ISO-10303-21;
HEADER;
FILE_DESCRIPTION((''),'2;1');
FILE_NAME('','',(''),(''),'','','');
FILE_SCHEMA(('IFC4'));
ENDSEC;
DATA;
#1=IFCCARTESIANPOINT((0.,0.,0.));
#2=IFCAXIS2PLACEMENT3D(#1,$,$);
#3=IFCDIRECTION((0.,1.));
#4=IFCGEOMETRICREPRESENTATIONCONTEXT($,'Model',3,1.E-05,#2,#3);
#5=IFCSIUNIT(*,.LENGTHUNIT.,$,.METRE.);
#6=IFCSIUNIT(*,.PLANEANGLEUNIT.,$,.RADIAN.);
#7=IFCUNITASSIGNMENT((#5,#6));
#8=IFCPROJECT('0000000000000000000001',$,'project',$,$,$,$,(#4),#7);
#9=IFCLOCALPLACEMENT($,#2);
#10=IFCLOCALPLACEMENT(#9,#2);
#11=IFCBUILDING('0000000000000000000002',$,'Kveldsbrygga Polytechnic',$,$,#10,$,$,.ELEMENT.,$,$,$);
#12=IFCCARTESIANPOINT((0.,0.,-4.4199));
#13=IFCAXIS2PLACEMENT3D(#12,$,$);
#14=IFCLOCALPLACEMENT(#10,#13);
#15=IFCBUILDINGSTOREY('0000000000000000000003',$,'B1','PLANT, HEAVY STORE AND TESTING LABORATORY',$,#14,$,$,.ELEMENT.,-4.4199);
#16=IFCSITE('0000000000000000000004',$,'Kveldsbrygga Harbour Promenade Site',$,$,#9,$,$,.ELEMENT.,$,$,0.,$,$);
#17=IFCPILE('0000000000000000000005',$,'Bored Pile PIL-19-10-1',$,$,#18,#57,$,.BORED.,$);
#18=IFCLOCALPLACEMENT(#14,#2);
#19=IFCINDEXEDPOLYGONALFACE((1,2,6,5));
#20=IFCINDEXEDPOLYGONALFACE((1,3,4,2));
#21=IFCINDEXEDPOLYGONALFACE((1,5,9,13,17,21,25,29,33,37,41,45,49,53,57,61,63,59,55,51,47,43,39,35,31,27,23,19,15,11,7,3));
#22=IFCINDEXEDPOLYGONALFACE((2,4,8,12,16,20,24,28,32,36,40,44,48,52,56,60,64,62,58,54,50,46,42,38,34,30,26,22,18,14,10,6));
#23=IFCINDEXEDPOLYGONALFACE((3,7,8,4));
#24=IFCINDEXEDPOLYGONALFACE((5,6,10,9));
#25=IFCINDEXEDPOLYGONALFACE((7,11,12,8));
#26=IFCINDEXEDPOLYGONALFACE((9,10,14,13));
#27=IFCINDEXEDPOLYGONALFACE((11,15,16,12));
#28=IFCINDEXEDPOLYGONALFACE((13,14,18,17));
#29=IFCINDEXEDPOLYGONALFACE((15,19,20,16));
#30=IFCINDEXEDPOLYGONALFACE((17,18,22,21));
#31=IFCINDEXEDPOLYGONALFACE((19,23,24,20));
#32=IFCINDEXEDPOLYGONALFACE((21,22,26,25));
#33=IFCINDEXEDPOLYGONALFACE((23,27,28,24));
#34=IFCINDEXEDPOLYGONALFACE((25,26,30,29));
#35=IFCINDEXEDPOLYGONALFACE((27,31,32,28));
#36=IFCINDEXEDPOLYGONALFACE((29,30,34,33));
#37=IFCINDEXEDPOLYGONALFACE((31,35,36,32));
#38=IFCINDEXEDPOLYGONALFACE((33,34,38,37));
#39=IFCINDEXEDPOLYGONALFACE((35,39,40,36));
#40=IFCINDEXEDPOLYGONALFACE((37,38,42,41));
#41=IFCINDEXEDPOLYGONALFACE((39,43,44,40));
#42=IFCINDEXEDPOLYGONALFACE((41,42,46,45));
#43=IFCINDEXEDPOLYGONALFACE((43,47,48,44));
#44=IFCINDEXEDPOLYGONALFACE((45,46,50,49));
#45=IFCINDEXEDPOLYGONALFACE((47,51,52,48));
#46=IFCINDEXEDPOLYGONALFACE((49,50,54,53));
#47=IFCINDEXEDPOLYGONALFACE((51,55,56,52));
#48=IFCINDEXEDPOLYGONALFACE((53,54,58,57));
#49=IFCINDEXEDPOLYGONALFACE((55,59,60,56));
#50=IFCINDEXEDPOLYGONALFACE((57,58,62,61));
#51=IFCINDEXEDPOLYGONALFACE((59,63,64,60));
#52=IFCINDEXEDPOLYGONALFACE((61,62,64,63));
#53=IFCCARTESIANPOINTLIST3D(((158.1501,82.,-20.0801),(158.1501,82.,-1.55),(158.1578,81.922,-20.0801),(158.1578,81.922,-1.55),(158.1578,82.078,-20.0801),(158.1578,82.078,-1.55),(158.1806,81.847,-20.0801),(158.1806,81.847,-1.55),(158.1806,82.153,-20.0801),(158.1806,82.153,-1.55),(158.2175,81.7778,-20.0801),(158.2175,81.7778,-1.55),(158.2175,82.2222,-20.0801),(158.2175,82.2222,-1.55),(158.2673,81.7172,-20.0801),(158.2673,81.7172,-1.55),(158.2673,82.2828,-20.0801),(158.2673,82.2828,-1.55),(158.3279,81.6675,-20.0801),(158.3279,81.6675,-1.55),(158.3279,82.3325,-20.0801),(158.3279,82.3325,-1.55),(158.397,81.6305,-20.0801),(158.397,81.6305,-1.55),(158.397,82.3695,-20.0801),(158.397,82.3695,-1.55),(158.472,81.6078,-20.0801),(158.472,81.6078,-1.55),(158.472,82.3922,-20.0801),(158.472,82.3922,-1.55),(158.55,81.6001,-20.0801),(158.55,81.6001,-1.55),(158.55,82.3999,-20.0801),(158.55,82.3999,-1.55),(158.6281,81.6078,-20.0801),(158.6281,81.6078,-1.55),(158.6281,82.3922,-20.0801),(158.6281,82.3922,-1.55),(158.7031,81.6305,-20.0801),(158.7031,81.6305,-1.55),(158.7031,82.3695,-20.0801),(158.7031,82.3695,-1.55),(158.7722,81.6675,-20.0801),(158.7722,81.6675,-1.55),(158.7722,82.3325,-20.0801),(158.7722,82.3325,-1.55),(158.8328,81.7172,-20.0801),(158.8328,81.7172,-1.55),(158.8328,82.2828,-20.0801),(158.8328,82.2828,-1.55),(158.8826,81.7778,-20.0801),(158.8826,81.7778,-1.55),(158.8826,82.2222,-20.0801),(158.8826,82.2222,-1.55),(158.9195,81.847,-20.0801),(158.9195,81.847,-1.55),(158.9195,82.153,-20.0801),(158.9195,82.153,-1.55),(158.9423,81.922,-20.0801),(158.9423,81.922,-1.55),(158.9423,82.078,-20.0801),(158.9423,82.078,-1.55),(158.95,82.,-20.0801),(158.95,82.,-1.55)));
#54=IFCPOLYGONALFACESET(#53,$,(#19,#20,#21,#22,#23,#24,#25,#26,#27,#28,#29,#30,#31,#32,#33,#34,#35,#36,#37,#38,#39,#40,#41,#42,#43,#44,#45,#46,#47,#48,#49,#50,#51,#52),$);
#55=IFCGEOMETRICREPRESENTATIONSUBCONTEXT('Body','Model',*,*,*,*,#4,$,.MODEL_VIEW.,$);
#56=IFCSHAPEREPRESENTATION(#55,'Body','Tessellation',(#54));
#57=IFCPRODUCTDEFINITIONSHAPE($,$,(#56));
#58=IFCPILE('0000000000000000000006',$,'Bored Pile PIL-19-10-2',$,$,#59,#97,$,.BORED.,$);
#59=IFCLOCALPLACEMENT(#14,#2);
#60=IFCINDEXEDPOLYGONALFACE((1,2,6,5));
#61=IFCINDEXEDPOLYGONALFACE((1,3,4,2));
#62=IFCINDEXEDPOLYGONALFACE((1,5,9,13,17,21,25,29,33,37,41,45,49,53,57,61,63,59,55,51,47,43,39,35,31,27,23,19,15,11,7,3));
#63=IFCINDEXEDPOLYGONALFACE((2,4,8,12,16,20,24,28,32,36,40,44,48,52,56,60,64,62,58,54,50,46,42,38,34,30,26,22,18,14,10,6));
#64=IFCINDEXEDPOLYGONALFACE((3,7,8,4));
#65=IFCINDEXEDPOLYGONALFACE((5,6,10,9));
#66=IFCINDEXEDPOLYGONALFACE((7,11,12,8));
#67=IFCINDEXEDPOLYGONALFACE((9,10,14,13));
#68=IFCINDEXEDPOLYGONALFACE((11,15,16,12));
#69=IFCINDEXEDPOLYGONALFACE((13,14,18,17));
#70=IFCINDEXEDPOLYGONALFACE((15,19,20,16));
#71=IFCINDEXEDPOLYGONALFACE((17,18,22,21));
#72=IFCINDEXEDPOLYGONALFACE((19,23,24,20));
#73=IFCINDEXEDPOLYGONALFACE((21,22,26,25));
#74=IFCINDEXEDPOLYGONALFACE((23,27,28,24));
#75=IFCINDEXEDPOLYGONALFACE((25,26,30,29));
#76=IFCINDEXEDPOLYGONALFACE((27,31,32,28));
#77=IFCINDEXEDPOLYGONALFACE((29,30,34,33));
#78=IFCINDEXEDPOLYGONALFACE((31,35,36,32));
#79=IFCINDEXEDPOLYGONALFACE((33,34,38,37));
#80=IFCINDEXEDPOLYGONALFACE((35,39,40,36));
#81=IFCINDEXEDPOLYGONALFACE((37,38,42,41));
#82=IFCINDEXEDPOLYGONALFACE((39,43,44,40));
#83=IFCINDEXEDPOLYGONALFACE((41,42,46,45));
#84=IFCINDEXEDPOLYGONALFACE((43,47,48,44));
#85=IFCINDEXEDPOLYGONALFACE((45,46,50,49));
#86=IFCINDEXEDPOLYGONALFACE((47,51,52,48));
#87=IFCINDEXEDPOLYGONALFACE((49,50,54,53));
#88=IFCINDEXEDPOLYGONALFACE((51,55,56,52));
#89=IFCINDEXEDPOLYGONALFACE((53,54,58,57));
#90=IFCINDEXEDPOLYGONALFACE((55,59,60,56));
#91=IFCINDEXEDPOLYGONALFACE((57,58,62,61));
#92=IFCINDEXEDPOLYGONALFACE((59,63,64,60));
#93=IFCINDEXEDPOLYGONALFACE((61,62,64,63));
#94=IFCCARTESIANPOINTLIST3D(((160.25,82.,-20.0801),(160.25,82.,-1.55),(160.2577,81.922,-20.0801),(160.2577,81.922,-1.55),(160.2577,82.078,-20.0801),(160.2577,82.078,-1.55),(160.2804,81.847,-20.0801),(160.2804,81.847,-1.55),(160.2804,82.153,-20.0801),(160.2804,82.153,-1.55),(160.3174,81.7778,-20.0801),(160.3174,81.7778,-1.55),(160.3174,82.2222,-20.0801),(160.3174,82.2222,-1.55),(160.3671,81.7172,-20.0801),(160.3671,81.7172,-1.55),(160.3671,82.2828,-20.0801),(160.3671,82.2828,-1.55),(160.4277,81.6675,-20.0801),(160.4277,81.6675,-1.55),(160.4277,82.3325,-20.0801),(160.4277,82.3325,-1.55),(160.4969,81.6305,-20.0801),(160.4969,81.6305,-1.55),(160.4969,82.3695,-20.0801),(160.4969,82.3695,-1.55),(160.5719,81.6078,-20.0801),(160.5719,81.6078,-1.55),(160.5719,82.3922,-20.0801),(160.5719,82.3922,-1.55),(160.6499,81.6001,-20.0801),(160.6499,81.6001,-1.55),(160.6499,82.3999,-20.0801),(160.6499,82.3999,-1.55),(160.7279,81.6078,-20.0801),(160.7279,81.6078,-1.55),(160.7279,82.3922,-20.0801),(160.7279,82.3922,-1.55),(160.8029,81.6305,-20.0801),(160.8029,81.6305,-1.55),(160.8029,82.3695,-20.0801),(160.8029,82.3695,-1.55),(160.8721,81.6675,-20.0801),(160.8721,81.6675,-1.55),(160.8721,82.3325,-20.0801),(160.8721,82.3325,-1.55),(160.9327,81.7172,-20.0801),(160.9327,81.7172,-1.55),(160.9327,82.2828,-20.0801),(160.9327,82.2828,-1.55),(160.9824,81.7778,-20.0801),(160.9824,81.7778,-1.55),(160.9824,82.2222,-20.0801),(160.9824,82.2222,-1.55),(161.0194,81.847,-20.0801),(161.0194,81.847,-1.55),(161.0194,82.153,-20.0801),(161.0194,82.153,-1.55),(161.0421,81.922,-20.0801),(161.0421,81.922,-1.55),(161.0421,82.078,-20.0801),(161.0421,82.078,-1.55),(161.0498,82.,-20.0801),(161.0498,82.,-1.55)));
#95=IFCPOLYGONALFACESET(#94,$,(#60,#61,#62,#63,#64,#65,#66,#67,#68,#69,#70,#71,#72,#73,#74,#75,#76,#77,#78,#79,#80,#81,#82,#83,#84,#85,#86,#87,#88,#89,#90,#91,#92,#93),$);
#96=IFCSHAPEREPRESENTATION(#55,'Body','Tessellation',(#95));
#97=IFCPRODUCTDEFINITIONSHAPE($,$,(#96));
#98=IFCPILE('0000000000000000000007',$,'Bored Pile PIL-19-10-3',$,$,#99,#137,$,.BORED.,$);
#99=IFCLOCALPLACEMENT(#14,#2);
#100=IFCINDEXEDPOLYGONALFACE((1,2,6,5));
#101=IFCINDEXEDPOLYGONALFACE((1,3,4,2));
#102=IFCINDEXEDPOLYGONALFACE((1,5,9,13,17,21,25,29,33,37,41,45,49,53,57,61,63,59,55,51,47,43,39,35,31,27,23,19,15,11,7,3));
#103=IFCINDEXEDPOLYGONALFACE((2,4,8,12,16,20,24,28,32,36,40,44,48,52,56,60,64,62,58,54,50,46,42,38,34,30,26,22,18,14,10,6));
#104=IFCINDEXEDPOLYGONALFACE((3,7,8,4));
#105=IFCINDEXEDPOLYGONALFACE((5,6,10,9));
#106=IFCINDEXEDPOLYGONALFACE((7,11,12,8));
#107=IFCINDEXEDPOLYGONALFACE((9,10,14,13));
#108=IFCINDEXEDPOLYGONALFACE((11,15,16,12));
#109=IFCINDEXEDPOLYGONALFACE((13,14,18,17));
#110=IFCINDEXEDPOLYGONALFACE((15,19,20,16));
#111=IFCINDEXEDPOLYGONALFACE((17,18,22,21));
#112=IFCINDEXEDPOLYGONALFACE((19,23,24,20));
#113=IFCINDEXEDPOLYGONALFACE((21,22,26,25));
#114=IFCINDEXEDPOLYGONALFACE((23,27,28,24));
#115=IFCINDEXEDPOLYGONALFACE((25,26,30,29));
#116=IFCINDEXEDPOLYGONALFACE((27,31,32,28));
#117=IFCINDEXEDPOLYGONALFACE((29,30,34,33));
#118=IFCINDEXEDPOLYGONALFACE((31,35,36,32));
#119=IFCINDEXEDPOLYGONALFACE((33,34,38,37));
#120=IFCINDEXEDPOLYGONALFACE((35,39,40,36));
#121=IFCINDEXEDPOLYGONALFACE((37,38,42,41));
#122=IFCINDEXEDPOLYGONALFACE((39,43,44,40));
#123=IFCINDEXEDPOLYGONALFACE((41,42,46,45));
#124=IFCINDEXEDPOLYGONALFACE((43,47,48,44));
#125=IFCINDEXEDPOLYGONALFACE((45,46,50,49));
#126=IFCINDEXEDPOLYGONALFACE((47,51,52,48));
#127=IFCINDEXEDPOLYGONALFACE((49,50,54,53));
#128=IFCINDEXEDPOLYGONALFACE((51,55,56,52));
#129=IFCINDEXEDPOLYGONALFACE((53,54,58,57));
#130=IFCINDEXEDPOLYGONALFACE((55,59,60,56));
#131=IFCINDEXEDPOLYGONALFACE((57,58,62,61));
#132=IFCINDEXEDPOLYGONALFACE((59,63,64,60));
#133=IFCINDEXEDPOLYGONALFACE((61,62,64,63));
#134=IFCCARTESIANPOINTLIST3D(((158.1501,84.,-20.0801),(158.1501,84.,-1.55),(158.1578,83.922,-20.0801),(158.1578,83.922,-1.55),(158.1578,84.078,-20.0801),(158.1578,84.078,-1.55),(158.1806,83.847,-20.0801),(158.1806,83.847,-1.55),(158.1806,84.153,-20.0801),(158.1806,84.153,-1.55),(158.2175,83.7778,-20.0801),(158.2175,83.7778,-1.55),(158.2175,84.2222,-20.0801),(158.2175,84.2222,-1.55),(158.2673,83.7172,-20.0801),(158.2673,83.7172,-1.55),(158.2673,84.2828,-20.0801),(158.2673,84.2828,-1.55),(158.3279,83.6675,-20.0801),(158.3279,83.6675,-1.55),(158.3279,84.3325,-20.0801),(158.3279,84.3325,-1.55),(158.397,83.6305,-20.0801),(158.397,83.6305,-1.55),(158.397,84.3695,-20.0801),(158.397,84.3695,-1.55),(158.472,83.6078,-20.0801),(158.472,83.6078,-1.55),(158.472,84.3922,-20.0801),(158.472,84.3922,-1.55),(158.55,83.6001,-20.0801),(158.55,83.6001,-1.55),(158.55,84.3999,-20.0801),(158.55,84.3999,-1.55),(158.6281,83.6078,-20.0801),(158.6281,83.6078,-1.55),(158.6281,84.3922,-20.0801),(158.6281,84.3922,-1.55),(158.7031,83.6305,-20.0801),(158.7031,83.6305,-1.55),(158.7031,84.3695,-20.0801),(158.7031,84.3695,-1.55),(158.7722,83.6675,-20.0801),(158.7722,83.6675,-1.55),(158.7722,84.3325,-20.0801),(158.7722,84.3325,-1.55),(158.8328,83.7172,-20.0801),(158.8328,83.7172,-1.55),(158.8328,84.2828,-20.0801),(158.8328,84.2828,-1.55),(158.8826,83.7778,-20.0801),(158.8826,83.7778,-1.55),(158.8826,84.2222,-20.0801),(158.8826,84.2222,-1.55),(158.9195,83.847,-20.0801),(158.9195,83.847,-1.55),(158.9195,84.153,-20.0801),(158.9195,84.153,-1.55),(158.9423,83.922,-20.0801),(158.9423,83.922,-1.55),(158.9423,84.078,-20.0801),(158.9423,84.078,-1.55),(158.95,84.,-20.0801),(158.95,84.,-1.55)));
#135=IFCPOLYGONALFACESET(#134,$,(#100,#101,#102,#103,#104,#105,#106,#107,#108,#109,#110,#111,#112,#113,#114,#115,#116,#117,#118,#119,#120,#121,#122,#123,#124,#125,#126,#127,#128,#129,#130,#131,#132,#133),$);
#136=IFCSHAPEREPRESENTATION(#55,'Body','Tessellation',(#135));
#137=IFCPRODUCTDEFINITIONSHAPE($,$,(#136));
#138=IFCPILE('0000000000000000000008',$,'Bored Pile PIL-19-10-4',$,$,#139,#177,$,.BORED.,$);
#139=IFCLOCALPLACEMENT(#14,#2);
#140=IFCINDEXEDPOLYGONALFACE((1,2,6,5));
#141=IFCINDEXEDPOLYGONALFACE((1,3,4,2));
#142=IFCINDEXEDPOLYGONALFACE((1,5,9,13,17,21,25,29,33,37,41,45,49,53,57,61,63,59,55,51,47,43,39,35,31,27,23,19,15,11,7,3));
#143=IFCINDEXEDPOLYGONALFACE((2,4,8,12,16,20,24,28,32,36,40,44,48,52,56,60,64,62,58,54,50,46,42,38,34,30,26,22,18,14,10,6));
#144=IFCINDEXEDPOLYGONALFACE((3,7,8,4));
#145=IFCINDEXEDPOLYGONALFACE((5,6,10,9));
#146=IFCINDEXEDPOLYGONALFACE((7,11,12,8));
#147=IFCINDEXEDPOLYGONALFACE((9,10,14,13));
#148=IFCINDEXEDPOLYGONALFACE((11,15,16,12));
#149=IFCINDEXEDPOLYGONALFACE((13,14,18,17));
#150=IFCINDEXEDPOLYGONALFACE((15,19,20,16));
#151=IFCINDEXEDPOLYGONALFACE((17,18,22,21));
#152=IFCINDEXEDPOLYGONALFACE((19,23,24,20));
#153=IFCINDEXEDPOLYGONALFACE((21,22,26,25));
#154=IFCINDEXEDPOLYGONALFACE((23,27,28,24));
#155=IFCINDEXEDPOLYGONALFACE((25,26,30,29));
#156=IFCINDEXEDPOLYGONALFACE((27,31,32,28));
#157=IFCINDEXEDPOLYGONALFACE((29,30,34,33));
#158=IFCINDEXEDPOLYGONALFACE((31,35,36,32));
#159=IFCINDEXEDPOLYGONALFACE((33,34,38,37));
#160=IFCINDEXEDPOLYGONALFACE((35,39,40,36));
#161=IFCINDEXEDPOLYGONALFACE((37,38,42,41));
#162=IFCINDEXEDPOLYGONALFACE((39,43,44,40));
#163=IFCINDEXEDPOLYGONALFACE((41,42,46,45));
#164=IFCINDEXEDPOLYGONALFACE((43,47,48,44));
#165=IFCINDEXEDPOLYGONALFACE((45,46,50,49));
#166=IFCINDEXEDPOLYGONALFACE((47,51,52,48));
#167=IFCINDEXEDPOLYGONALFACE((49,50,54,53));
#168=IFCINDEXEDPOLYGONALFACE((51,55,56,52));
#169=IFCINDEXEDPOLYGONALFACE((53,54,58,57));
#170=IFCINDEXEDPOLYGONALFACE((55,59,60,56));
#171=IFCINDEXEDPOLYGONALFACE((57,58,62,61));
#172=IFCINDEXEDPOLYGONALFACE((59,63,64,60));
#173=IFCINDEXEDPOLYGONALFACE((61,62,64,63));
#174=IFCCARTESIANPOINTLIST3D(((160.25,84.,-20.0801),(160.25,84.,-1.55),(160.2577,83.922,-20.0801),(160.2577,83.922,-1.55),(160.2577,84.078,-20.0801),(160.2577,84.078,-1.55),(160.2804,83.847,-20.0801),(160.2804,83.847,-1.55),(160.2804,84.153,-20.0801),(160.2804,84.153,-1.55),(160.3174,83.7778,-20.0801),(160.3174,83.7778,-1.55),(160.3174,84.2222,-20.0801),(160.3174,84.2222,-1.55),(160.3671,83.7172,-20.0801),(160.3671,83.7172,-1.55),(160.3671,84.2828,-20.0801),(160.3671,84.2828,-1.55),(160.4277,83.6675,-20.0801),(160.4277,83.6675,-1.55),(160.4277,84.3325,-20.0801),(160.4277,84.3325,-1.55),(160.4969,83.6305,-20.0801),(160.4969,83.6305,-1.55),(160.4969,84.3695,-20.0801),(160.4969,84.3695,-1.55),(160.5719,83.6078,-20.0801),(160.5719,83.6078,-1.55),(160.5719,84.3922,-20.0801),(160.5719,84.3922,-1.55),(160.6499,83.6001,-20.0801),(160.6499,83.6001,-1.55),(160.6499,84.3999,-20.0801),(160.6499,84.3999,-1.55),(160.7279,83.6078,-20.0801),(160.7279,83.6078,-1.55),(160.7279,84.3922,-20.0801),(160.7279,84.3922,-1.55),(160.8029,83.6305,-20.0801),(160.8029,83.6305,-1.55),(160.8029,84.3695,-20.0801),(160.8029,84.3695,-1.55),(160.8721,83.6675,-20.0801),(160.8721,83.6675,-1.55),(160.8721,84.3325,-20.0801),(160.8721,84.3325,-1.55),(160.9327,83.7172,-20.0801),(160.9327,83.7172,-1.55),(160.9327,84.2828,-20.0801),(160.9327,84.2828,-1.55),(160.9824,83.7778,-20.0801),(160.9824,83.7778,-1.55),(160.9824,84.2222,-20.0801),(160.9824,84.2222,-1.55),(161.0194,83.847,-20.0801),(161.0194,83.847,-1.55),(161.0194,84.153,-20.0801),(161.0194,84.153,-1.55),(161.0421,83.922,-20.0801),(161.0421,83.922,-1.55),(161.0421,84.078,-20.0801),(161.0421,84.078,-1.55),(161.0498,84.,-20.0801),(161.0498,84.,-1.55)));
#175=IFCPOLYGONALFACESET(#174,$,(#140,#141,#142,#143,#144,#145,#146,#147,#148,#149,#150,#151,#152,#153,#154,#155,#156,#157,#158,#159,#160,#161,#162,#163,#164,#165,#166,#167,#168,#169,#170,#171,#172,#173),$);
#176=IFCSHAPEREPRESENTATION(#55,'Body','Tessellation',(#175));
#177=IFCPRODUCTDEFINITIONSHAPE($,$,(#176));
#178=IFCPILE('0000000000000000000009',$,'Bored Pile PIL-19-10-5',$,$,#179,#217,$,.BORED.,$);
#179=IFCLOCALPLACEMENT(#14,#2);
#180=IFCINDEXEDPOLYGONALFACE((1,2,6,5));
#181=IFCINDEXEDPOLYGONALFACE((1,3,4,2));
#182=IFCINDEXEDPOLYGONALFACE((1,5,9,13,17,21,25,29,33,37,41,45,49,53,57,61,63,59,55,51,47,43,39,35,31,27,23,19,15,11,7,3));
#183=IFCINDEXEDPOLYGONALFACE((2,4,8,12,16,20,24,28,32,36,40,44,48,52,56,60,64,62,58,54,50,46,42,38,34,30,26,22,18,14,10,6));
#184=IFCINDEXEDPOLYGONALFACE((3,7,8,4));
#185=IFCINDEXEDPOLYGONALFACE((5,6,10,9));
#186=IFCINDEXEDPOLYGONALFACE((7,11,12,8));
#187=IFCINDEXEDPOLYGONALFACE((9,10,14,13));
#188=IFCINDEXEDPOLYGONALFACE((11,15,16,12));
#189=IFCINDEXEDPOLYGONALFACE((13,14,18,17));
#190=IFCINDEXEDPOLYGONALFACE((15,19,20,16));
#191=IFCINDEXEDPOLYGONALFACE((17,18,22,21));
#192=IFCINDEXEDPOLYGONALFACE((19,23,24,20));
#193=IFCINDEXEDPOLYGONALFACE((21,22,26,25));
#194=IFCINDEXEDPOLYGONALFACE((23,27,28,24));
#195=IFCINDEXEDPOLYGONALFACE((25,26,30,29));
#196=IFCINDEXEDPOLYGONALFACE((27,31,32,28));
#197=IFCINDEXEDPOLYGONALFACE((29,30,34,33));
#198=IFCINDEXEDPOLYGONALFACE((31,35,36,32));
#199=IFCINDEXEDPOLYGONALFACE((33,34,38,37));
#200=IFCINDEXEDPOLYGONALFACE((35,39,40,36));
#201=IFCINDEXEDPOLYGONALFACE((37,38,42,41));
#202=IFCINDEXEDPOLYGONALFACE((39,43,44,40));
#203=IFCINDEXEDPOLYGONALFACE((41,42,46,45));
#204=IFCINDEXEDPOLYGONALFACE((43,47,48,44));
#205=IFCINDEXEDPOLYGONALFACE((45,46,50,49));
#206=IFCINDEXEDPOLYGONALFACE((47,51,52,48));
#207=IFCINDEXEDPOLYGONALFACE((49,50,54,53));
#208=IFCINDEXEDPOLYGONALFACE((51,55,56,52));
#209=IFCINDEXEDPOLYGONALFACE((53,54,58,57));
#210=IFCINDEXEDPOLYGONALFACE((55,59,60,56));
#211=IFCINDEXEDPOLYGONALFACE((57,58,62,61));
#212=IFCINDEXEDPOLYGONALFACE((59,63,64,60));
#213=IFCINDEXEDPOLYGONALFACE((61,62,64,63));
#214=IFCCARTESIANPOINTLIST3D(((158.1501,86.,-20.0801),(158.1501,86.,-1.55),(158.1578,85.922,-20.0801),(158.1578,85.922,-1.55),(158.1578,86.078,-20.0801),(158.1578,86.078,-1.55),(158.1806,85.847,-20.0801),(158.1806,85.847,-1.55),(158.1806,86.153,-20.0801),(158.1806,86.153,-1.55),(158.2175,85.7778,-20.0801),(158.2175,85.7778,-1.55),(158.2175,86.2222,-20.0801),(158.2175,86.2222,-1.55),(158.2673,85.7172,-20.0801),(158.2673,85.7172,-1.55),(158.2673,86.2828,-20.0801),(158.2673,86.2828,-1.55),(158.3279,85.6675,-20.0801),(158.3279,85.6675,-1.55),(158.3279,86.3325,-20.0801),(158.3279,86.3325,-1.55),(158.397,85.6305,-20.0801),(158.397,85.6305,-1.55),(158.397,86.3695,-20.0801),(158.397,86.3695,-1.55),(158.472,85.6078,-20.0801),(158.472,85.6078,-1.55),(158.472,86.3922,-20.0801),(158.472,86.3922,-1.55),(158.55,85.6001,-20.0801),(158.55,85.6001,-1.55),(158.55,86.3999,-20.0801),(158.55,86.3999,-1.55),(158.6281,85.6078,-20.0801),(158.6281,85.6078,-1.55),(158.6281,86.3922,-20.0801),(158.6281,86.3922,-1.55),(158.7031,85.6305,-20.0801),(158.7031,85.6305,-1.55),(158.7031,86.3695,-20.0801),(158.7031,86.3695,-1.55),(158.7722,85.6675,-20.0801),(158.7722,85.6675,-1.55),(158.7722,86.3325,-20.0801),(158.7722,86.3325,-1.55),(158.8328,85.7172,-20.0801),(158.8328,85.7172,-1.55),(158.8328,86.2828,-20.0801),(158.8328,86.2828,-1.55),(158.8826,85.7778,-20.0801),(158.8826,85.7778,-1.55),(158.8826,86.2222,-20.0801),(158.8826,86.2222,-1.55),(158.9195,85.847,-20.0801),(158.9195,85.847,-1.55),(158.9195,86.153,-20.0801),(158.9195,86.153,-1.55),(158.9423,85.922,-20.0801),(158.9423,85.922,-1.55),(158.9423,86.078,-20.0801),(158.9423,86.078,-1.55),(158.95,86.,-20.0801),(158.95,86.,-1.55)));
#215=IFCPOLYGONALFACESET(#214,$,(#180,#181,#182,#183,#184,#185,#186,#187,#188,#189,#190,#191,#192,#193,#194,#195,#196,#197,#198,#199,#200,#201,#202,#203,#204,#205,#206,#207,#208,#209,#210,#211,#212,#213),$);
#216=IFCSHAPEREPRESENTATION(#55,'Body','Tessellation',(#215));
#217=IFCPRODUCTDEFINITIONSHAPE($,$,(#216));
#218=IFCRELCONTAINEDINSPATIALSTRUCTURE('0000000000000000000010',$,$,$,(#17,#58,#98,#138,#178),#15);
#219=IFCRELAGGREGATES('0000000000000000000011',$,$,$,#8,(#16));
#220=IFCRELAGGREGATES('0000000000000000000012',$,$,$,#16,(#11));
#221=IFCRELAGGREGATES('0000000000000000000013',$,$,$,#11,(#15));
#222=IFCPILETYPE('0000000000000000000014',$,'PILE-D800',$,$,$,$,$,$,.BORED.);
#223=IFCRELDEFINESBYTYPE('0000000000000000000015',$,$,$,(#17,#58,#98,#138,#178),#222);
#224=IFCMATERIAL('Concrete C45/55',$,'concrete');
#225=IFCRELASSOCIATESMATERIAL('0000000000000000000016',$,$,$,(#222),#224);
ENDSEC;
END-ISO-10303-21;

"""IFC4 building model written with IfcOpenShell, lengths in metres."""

from ifc_helpers import new_model, si_unit, direction, frame, origin, origin_2d, place, context, subcontext, project, spatial, circle, extrude, material, material_profile, profile_set, type_object, element, save


model = new_model("IFC4")

# Units and contexts
model_context = context("Model", 3, precision=1e-05, world=origin(), true_north=direction((0.0, 1.0)))
body_context = subcontext(model_context, "Body", "Model", "MODEL_VIEW")
ifc_project = project(units=[si_unit("LENGTHUNIT", "METRE"), si_unit("PLANEANGLEUNIT", "RADIAN")], contexts=[model_context])

# Site, building, storey
site_placement = place(None, origin())
site = spatial("IfcSite", under=ifc_project, at=site_placement, Name="Kveldsbrygga Harbour Promenade Site", CompositionType="ELEMENT", RefElevation=0.0)
building_placement = place(site_placement, origin())
building = spatial("IfcBuilding", under=site, at=building_placement, Name="Kveldsbrygga Polytechnic", CompositionType="ELEMENT")
storey_placement = place(building_placement, frame((0.0, 0.0, -4.4199)))
storey = spatial("IfcBuildingStorey", under=building, at=storey_placement, Name="B1", Description="PLANT, HEAVY STORE AND TESTING LABORATORY", CompositionType="ELEMENT", Elevation=-4.4199)

# Shared definitions
ifc_material_1 = material(Name="Concrete C45/55", Category="concrete")

# Piles
ifc_material_profile_1 = material_profile(ifc_material_1, circle(Radius=0.3999, at=origin_2d()), Name="PILE D800")
ifc_profile_set_1 = profile_set([ifc_material_profile_1], Name="Concrete C45/55")
pile_type = type_object("IfcPileType", Name="PILE-D800", PredefinedType="BORED", material=ifc_profile_set_1)
for number, where, z_axis, x_axis, name in (
    (1, (158.55, 82.0, -1.55), (0.0, 0.0, -1.0), (1.0, 0.0, 0.0), "Bored Pile PIL-19-10-1"),
    (2, (160.6499, 82.0, -1.55), (0.0, 0.0, -1.0), (1.0, 0.0, 0.0), "Bored Pile PIL-19-10-2"),
    (3, (158.55, 84.0, -1.55), (0.0, 0.0, -1.0), (1.0, 0.0, 0.0), "Bored Pile PIL-19-10-3"),
    (4, (160.6499, 84.0, -1.55), (0.0, 0.0, -1.0), (1.0, 0.0, 0.0), "Bored Pile PIL-19-10-4"),
    (5, (158.55, 86.0, -1.55), (0.0, 0.0, -1.0), (1.0, 0.0, 0.0), "Bored Pile PIL-19-10-5"),
):
    element("IfcPile", number, at=place(storey_placement, frame(where, z_axis=z_axis, x_axis=x_axis)), inside=storey, type_object=pile_type, Name=name, PredefinedType="BORED", context=body_context, shape_type="SweptSolid", body=[
        extrude(circle(Radius=0.3999, at=origin_2d()), origin(), (0.0, 0.0, 1.0), 18.53),
    ])

save(model, "model.ifc")
